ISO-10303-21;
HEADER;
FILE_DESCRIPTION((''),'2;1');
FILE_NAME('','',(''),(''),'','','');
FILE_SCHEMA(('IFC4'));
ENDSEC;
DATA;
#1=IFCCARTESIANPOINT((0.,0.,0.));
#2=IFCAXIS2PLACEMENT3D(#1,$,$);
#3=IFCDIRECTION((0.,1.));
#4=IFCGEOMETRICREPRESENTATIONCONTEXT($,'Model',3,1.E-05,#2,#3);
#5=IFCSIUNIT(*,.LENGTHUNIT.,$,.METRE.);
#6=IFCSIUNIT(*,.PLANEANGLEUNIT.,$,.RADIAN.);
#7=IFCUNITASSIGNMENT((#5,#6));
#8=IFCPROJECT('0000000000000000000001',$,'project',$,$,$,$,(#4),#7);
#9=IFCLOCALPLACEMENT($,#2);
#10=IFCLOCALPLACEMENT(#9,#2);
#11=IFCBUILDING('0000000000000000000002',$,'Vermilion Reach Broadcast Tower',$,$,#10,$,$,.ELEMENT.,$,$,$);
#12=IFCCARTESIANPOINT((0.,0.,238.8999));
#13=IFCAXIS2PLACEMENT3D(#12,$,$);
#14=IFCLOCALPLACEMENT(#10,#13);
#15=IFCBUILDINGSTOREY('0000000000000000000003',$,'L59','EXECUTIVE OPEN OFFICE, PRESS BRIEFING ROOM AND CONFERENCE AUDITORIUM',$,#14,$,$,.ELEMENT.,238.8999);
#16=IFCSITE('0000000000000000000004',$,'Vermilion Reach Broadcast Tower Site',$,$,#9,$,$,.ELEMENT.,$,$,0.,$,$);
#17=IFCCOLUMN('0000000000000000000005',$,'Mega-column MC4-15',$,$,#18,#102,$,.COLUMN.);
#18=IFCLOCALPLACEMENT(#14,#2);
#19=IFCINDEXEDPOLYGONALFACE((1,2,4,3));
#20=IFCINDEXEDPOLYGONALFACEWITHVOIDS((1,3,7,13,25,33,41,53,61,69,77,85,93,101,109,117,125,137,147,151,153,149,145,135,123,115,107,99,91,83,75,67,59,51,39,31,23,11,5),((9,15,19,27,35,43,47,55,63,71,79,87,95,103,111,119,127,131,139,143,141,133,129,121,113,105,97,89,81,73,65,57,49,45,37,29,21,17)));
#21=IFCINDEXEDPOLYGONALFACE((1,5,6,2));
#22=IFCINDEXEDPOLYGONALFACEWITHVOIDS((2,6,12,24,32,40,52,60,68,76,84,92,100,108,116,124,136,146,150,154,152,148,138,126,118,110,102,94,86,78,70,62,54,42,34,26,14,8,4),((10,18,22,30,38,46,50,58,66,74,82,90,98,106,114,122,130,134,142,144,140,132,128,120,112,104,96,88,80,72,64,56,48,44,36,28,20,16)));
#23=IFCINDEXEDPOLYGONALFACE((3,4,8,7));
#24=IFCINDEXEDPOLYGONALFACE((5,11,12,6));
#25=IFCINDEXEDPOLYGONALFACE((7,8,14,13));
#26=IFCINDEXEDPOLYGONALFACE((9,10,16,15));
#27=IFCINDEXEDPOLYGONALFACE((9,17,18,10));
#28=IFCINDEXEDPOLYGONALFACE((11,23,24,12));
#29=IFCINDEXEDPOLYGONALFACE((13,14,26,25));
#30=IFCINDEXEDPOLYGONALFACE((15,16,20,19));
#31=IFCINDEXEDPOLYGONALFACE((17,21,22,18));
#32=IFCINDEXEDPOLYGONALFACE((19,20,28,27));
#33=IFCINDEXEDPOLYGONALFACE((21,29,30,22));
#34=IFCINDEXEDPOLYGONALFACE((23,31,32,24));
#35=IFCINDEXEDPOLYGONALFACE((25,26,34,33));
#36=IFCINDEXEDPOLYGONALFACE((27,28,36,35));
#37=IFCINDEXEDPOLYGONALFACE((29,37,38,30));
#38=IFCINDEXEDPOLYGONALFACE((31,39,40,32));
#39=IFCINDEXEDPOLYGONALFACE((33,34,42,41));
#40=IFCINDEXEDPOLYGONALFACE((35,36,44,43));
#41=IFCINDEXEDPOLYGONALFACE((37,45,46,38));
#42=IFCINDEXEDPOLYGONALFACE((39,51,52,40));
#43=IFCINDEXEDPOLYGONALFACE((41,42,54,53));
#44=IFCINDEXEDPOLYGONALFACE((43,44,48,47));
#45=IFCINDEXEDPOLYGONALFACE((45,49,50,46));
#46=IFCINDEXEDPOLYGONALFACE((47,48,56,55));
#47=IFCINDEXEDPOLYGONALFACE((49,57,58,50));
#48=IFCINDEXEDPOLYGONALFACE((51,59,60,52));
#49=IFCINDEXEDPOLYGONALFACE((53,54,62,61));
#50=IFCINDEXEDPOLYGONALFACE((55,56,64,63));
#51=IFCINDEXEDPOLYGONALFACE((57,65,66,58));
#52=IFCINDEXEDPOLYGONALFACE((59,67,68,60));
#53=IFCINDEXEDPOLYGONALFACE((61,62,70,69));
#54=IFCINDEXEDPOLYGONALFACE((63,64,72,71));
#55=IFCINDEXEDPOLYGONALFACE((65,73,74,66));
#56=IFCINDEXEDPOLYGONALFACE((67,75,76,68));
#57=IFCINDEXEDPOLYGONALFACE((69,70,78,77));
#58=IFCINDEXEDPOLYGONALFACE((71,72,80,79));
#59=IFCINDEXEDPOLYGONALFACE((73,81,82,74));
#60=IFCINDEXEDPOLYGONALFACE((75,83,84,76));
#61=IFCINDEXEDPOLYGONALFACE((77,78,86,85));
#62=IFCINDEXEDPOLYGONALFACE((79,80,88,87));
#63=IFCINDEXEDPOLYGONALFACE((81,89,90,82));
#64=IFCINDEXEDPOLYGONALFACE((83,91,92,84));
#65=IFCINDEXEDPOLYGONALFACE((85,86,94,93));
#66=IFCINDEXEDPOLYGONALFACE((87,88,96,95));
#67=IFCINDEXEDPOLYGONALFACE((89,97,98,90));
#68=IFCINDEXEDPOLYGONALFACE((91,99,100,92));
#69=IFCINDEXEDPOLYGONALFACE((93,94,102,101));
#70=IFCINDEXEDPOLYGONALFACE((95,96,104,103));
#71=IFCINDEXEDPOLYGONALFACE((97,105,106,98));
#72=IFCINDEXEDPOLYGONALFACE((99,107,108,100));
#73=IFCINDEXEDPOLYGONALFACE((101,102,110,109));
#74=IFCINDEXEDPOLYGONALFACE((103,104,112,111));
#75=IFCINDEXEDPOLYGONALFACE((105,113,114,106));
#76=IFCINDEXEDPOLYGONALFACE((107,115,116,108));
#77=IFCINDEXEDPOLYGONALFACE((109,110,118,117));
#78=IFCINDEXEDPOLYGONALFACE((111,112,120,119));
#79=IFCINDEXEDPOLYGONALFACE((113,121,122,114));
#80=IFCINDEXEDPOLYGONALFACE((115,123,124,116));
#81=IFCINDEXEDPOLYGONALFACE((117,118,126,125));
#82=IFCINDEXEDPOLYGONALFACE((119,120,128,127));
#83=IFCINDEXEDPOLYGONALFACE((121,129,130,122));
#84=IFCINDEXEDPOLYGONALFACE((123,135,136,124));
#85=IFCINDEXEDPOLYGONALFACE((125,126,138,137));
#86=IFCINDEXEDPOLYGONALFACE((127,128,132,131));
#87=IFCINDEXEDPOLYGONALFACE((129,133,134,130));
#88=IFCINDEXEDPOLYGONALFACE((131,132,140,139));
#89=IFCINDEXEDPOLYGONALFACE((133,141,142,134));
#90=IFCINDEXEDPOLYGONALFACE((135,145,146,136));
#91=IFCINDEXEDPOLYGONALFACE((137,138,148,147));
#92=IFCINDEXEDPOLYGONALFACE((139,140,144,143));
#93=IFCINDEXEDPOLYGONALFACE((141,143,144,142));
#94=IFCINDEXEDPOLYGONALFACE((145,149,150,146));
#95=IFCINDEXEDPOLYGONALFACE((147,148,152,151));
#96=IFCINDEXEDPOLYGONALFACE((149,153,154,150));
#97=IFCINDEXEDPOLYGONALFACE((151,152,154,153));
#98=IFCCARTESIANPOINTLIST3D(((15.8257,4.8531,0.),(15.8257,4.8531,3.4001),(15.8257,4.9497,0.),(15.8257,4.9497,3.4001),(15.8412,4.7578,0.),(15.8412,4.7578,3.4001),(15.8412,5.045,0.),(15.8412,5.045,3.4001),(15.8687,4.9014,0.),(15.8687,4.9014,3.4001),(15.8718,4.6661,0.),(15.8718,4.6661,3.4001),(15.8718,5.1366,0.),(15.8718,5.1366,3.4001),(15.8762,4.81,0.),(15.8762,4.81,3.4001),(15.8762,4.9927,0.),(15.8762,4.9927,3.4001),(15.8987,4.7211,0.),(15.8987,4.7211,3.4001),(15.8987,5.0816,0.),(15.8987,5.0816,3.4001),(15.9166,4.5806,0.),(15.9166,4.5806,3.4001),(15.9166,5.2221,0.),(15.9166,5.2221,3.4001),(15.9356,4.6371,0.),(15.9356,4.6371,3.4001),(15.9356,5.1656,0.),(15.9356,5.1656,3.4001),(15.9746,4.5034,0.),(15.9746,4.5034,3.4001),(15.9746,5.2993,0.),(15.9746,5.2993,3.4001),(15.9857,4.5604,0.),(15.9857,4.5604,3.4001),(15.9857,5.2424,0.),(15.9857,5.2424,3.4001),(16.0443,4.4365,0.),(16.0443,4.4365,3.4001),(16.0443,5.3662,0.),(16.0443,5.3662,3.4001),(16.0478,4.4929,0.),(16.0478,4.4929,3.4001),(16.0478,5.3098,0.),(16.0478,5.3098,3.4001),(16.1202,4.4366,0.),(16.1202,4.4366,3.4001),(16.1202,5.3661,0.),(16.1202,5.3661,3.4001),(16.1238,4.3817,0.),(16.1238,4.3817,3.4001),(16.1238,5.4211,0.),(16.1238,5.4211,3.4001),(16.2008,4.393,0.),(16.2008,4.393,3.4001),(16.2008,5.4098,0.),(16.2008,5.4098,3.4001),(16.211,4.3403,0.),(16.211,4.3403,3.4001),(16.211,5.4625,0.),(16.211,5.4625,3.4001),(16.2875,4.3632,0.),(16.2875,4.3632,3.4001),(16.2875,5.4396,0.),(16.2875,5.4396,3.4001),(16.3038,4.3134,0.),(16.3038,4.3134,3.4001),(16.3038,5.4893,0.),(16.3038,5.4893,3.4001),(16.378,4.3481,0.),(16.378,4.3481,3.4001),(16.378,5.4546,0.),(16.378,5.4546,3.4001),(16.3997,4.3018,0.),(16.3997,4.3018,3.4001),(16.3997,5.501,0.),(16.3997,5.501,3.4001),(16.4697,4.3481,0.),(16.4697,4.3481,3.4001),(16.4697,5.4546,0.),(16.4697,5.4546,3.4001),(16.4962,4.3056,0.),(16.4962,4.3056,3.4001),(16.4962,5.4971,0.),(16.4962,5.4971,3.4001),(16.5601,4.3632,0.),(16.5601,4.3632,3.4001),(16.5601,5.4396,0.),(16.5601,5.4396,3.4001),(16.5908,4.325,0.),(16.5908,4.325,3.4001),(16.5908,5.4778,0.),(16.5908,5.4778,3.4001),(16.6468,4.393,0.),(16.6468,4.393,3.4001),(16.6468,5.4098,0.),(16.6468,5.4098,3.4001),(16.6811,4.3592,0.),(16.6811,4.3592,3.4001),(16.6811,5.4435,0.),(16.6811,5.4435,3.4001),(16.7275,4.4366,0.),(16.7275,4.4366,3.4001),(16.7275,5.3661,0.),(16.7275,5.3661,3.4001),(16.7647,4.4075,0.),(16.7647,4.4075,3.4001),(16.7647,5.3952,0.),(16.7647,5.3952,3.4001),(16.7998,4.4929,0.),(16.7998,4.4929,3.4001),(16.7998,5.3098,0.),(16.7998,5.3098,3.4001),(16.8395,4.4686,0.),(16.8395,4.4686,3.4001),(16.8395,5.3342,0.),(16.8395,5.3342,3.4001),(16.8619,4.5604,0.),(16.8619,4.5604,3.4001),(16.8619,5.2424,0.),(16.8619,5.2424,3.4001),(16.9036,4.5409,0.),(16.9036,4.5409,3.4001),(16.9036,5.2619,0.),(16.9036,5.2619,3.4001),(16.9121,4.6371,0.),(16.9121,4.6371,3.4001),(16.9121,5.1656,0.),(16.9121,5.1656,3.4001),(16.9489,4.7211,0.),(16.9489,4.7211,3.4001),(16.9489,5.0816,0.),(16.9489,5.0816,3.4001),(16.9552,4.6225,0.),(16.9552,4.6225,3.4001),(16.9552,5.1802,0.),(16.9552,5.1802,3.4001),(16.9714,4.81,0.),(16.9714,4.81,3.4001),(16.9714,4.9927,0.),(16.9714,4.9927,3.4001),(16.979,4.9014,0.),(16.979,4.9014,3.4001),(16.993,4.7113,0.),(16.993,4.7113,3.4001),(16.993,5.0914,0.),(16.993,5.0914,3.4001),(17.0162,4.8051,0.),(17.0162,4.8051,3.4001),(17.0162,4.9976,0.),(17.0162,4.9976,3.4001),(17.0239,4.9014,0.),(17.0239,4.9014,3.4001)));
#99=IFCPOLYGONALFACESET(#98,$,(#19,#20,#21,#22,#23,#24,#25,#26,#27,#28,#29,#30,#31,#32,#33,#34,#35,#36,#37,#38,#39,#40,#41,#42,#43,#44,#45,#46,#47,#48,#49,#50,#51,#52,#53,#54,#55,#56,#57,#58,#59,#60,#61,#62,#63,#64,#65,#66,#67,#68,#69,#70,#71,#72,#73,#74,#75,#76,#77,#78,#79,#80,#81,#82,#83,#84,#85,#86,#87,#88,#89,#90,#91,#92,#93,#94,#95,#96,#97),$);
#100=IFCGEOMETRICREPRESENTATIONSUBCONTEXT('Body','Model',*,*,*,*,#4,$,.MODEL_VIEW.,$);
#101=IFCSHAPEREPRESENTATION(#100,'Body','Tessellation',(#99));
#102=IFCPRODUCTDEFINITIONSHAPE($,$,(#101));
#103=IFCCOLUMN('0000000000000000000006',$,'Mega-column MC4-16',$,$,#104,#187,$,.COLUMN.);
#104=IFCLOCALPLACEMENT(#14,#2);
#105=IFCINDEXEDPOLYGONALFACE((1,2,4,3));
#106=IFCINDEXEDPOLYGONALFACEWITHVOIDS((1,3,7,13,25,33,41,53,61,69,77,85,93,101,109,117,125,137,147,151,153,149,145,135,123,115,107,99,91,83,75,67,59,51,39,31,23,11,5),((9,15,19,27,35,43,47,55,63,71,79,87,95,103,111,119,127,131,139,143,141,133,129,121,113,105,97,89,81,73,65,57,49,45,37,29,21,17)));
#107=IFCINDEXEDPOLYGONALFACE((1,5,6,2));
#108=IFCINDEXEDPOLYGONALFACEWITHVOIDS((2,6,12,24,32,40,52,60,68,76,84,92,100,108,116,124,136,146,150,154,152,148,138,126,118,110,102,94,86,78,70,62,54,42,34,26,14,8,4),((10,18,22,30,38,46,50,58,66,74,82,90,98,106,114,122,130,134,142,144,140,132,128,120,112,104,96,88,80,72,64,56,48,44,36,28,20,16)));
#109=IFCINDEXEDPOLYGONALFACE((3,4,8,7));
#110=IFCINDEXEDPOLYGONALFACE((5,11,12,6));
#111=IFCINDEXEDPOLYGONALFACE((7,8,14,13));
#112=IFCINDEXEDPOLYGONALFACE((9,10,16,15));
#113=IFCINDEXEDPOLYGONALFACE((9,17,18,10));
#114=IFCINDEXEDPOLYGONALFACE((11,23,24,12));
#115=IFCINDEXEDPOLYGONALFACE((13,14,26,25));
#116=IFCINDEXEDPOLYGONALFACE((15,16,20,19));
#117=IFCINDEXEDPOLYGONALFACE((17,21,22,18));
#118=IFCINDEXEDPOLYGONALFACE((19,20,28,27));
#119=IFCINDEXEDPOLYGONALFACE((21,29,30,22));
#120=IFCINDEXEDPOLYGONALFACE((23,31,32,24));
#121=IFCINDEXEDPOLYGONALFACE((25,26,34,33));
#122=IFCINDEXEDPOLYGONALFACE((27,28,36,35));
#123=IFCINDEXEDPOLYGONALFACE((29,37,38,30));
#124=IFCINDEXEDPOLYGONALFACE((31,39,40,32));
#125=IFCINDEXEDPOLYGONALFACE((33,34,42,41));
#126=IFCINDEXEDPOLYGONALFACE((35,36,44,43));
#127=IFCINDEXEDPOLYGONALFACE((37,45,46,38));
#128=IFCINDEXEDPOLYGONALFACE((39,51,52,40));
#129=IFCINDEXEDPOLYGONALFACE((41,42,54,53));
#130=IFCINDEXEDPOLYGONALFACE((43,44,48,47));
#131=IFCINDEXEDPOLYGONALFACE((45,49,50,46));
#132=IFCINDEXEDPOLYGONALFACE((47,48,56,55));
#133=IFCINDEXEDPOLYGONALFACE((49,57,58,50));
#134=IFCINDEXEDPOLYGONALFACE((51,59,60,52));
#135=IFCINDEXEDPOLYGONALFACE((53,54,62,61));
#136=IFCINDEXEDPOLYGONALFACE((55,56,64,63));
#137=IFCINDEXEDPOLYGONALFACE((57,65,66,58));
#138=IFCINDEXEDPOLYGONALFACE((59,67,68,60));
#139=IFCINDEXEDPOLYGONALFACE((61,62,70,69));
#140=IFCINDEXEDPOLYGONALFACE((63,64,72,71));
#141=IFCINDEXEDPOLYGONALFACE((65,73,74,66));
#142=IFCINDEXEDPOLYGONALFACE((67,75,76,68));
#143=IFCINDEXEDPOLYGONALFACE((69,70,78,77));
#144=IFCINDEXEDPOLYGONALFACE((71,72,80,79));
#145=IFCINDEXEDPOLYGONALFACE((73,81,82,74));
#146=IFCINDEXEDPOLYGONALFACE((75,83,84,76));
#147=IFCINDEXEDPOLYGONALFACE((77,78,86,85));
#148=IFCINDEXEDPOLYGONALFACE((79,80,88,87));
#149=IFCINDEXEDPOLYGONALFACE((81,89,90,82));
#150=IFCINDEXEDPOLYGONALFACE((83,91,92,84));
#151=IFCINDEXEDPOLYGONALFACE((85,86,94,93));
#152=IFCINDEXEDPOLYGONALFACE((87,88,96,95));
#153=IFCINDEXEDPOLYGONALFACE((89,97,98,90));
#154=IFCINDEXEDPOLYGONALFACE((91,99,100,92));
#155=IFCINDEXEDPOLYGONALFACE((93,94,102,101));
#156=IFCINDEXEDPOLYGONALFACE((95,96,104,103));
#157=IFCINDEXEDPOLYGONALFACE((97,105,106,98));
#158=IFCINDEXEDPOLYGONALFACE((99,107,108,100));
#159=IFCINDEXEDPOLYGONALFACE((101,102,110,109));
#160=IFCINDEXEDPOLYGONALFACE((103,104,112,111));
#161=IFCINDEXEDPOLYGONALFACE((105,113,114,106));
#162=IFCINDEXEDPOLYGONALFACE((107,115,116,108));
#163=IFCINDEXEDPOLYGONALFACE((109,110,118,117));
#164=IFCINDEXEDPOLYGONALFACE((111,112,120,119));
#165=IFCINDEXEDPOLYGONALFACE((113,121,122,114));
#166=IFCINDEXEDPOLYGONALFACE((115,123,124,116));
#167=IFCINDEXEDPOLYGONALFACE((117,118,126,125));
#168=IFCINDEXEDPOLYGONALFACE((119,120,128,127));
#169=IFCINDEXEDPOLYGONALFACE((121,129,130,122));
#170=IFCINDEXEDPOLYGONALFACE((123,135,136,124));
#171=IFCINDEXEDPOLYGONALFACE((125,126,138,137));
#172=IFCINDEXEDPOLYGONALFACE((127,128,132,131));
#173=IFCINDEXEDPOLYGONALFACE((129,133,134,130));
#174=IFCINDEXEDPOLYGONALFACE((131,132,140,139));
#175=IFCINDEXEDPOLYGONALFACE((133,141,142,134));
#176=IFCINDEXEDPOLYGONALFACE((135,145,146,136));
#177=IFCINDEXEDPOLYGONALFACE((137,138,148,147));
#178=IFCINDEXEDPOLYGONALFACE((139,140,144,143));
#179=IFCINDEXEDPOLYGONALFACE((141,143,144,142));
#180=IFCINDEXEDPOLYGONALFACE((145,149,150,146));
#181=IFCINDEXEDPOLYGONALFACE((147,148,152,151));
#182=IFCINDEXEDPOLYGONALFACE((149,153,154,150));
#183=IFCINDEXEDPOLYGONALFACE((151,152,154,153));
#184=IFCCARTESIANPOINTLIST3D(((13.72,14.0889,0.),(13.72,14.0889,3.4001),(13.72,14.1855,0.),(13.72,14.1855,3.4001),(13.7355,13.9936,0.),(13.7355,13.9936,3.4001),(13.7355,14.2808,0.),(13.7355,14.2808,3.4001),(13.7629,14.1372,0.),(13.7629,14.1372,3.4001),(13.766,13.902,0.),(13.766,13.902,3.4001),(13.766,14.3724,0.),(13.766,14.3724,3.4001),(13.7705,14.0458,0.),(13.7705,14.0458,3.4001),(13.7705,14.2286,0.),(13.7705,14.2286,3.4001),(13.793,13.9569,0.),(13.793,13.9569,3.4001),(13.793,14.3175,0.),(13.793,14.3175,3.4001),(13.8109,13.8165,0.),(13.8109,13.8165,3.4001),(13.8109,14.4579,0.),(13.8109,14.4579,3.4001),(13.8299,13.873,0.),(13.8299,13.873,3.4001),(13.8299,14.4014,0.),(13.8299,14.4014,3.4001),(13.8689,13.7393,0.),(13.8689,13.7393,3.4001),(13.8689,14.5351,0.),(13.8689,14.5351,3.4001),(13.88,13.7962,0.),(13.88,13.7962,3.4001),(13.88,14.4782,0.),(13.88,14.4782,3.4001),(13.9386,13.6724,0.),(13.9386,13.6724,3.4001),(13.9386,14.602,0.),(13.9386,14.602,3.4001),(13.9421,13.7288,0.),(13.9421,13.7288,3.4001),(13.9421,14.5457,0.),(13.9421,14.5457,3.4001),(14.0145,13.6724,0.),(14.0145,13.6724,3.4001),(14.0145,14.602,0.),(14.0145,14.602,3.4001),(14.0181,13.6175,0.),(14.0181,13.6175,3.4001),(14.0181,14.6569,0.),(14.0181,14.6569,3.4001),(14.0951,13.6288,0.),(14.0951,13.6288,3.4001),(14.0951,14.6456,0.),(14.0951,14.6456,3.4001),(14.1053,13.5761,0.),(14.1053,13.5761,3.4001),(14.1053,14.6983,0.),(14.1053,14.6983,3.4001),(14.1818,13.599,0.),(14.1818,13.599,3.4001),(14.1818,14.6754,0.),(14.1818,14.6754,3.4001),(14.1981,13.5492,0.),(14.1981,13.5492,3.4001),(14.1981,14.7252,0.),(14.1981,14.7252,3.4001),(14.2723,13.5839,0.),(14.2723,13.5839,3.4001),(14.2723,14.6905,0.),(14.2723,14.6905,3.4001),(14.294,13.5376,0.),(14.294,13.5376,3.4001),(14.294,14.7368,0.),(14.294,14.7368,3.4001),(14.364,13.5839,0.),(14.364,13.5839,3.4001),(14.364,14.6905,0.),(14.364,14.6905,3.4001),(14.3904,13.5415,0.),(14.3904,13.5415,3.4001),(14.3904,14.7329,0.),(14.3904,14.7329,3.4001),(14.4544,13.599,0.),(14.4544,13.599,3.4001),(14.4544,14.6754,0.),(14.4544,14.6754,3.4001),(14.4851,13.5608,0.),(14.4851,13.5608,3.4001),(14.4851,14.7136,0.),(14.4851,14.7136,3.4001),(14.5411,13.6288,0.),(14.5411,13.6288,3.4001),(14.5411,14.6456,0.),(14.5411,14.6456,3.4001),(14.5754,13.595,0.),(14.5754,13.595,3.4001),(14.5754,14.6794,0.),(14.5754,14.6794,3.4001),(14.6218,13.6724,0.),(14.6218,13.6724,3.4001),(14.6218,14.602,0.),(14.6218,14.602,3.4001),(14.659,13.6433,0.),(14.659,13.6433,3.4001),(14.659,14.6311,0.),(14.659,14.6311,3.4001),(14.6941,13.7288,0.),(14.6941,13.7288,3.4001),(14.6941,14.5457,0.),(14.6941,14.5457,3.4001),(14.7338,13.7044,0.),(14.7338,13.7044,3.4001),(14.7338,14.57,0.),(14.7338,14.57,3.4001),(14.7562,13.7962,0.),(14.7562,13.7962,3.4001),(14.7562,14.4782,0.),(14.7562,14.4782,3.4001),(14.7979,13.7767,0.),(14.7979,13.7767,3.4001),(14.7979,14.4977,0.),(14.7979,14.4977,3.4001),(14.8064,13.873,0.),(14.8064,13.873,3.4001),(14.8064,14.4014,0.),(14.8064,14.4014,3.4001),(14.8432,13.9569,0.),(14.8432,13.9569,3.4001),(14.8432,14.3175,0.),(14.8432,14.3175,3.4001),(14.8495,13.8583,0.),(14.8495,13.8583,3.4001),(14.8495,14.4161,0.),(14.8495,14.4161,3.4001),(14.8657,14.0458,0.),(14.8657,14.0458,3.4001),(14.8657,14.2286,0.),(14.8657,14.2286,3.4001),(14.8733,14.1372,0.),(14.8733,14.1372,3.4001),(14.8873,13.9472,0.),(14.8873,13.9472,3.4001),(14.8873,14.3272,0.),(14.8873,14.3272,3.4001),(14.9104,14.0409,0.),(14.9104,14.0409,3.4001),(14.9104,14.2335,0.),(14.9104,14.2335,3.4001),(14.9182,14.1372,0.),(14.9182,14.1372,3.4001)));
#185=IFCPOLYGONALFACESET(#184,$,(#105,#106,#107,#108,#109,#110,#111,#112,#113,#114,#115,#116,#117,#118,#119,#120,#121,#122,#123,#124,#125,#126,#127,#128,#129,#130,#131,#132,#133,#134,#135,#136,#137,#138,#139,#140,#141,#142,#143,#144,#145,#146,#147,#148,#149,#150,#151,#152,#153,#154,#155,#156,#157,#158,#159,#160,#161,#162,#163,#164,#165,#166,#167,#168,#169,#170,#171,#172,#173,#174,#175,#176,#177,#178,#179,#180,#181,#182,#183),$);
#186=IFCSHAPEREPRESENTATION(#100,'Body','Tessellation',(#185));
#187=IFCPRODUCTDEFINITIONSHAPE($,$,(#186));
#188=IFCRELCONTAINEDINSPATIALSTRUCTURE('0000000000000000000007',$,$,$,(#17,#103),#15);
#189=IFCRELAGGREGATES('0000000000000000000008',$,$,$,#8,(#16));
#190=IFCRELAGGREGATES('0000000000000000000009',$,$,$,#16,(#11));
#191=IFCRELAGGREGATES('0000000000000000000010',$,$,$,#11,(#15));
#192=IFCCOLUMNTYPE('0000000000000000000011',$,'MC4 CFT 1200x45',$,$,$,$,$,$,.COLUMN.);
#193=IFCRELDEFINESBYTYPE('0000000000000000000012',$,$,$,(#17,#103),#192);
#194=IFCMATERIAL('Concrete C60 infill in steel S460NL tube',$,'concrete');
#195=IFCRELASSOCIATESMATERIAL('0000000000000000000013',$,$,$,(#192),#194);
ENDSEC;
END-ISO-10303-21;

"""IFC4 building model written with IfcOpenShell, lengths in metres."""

from ifc_helpers import new_model, si_unit, direction, frame, origin, origin_2d, place, context, subcontext, project, spatial, hollow_circle, extrude, material, material_profile, profile_set, type_object, element, save


model = new_model("IFC4")

# Units and contexts
model_context = context("Model", 3, precision=1e-05, world=origin(), true_north=direction((0.0, 1.0)))
body_context = subcontext(model_context, "Body", "Model", "MODEL_VIEW")
ifc_project = project(units=[si_unit("LENGTHUNIT", "METRE"), si_unit("PLANEANGLEUNIT", "RADIAN")], contexts=[model_context])

# Site, building, storey
site_placement = place(None, origin())
site = spatial("IfcSite", under=ifc_project, at=site_placement, Name="Vermilion Reach Broadcast Tower Site", CompositionType="ELEMENT", RefElevation=0.0)
building_placement = place(site_placement, origin())
building = spatial("IfcBuilding", under=site, at=building_placement, Name="Vermilion Reach Broadcast Tower", CompositionType="ELEMENT")
storey_placement = place(building_placement, frame((0.0, 0.0, 238.8999)))
storey = spatial("IfcBuildingStorey", under=building, at=storey_placement, Name="L59", Description="EXECUTIVE OPEN OFFICE, PRESS BRIEFING ROOM AND CONFERENCE AUDITORIUM", CompositionType="ELEMENT", Elevation=238.8999)

# Columns
ifc_material_1 = material(Name="Concrete C60 infill in steel S460NL tube", Category="concrete")
ifc_material_profile_1 = material_profile(ifc_material_1, hollow_circle(Radius=0.6001, WallThickness=0.0449, at=origin_2d()), Name="Concrete C60 infill in steel S460NL tube CFT 1200x45")
ifc_profile_set_1 = profile_set([ifc_material_profile_1], Name="Concrete C60 infill in steel S460NL tube")
column_type = type_object("IfcColumnType", Name="MC4 CFT 1200x45", PredefinedType="COLUMN", material=ifc_profile_set_1)
for number, where, z_axis, x_axis, name in (
    (1, (16.4238, 4.9014, 0.0), (0.0, 0.0, 1.0), (1.0, 0.0, 0.0), "Mega-column MC4-15"),
    (2, (14.3181, 14.1372, 0.0), (0.0, 0.0, 1.0), (1.0, 0.0, 0.0), "Mega-column MC4-16"),
):
    element("IfcColumn", number, at=place(storey_placement, frame(where, z_axis=z_axis, x_axis=x_axis)), inside=storey, type_object=column_type, Name=name, PredefinedType="COLUMN", context=body_context, shape_type="SweptSolid", body=[
        extrude(hollow_circle(Radius=0.6001, WallThickness=0.0449, at=origin_2d()), origin(), (0.0, 0.0, 1.0), 3.4001),
    ])

save(model, "model.ifc")
